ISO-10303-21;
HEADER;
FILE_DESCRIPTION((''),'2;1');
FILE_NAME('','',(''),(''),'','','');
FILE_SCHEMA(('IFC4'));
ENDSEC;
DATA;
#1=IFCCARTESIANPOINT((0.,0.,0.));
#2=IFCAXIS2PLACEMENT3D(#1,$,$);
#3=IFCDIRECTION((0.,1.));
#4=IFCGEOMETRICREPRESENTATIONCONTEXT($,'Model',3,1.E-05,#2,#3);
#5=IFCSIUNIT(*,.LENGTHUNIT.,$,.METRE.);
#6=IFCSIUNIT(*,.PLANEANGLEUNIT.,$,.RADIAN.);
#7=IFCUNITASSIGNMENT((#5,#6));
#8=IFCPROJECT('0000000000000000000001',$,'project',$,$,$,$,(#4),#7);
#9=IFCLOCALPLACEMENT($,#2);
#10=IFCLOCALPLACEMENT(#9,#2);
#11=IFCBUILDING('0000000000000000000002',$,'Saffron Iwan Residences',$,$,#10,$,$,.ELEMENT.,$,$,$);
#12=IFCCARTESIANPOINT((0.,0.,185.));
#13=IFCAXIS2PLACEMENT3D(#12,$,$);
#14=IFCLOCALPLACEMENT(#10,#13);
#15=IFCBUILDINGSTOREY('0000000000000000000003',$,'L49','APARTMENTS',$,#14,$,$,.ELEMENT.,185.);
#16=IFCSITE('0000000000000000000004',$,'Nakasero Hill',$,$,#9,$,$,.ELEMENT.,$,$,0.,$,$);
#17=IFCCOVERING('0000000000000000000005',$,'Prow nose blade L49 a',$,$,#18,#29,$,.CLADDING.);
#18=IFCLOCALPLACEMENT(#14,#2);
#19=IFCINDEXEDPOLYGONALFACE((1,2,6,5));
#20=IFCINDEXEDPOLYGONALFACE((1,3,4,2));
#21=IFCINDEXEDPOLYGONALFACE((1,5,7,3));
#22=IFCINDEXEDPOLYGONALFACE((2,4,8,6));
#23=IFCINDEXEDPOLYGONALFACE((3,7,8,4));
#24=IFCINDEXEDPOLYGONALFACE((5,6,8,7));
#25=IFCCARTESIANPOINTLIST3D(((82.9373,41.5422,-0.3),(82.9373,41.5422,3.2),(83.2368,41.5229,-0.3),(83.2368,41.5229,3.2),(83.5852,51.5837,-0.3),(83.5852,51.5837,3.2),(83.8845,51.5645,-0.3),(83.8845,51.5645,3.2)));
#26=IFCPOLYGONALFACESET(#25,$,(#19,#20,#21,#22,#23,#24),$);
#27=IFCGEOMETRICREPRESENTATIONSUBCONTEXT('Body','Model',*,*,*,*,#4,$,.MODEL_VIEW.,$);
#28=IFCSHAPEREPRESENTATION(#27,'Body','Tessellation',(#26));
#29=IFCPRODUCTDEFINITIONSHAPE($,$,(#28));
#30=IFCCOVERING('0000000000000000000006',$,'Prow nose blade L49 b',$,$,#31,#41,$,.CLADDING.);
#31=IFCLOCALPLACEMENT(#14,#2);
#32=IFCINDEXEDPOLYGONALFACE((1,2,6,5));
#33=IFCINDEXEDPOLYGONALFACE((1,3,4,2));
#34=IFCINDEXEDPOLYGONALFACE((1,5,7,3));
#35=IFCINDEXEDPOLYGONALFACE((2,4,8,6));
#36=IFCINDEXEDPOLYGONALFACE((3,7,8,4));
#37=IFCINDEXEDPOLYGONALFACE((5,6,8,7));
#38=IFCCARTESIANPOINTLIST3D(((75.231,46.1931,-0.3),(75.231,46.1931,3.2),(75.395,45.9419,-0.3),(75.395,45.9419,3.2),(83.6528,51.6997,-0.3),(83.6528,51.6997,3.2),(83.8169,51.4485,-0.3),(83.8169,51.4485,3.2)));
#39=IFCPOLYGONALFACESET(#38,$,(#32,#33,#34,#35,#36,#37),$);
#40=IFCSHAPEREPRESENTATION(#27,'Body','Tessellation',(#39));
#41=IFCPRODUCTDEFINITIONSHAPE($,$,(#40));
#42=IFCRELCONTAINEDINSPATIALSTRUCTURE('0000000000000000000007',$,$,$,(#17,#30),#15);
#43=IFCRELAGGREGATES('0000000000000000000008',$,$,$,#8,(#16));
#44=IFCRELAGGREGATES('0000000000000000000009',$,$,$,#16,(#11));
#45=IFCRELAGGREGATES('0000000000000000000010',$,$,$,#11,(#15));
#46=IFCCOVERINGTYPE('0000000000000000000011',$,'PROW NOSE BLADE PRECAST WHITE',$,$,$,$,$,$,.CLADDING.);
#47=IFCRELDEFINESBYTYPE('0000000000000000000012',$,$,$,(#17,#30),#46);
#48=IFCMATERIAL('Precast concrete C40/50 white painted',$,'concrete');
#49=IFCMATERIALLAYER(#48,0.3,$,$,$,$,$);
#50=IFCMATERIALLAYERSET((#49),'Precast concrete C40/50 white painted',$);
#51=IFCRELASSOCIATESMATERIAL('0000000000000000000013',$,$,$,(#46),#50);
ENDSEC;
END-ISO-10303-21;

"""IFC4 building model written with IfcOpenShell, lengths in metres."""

from ifc_helpers import new_model, si_unit, direction, frame, origin, place, context, subcontext, project, spatial, polyline, outline, extrude, material, layer, layer_set, type_object, element, save


model = new_model("IFC4")

# Units and contexts
model_context = context("Model", 3, precision=1e-05, world=origin(), true_north=direction((0.0, 1.0)))
body_context = subcontext(model_context, "Body", "Model", "MODEL_VIEW")
ifc_project = project(units=[si_unit("LENGTHUNIT", "METRE"), si_unit("PLANEANGLEUNIT", "RADIAN")], contexts=[model_context])

# Site, building, storey
site_placement = place(None, origin())
site = spatial("IfcSite", under=ifc_project, at=site_placement, Name="Nakasero Hill", CompositionType="ELEMENT", RefElevation=0.0)
building_placement = place(site_placement, origin())
building = spatial("IfcBuilding", under=site, at=building_placement, Name="Saffron Iwan Residences", CompositionType="ELEMENT")
storey_placement = place(building_placement, frame((0.0, 0.0, 185.0)))
storey = spatial("IfcBuildingStorey", under=building, at=storey_placement, Name="L49", Description="APARTMENTS", CompositionType="ELEMENT", Elevation=185.0)

# Coverings
ifc_material_1 = material(Name="Precast concrete C40/50 white painted", Category="concrete")
ifc_layer_1 = layer(ifc_material_1, 0.3)
ifc_layer_set_1 = layer_set([ifc_layer_1], Name="Precast concrete C40/50 white painted")
covering_type_1 = type_object("IfcCoveringType", Name="PROW NOSE BLADE PRECAST WHITE", PredefinedType="CLADDING", material=ifc_layer_set_1)
covering_1_placement = place(storey_placement, frame((0.0, 0.0, -0.3)))
element("IfcCovering", 1, at=covering_1_placement, inside=storey, type_object=covering_type_1, Name="Prow nose blade L49 a", PredefinedType="CLADDING", context=body_context, shape_type="SweptSolid", body=[
    extrude(outline(polyline([(83.2368, 41.5229), (83.8845, 51.5645), (83.5852, 51.5837), (82.9373, 41.5422), (83.2368, 41.5229)])), origin(), (0.0, 0.0, 1.0), 3.5),
])
covering_2_placement = place(storey_placement, frame((0.0, 0.0, -0.3)))
element("IfcCovering", 2, at=covering_2_placement, inside=storey, type_object=covering_type_1, Name="Prow nose blade L49 b", PredefinedType="CLADDING", context=body_context, shape_type="SweptSolid", body=[
    extrude(outline(polyline([(75.395, 45.9419), (83.8169, 51.4485), (83.6528, 51.6997), (75.231, 46.1931), (75.395, 45.9419)])), origin(), (0.0, 0.0, 1.0), 3.5),
])

save(model, "model.ifc")
